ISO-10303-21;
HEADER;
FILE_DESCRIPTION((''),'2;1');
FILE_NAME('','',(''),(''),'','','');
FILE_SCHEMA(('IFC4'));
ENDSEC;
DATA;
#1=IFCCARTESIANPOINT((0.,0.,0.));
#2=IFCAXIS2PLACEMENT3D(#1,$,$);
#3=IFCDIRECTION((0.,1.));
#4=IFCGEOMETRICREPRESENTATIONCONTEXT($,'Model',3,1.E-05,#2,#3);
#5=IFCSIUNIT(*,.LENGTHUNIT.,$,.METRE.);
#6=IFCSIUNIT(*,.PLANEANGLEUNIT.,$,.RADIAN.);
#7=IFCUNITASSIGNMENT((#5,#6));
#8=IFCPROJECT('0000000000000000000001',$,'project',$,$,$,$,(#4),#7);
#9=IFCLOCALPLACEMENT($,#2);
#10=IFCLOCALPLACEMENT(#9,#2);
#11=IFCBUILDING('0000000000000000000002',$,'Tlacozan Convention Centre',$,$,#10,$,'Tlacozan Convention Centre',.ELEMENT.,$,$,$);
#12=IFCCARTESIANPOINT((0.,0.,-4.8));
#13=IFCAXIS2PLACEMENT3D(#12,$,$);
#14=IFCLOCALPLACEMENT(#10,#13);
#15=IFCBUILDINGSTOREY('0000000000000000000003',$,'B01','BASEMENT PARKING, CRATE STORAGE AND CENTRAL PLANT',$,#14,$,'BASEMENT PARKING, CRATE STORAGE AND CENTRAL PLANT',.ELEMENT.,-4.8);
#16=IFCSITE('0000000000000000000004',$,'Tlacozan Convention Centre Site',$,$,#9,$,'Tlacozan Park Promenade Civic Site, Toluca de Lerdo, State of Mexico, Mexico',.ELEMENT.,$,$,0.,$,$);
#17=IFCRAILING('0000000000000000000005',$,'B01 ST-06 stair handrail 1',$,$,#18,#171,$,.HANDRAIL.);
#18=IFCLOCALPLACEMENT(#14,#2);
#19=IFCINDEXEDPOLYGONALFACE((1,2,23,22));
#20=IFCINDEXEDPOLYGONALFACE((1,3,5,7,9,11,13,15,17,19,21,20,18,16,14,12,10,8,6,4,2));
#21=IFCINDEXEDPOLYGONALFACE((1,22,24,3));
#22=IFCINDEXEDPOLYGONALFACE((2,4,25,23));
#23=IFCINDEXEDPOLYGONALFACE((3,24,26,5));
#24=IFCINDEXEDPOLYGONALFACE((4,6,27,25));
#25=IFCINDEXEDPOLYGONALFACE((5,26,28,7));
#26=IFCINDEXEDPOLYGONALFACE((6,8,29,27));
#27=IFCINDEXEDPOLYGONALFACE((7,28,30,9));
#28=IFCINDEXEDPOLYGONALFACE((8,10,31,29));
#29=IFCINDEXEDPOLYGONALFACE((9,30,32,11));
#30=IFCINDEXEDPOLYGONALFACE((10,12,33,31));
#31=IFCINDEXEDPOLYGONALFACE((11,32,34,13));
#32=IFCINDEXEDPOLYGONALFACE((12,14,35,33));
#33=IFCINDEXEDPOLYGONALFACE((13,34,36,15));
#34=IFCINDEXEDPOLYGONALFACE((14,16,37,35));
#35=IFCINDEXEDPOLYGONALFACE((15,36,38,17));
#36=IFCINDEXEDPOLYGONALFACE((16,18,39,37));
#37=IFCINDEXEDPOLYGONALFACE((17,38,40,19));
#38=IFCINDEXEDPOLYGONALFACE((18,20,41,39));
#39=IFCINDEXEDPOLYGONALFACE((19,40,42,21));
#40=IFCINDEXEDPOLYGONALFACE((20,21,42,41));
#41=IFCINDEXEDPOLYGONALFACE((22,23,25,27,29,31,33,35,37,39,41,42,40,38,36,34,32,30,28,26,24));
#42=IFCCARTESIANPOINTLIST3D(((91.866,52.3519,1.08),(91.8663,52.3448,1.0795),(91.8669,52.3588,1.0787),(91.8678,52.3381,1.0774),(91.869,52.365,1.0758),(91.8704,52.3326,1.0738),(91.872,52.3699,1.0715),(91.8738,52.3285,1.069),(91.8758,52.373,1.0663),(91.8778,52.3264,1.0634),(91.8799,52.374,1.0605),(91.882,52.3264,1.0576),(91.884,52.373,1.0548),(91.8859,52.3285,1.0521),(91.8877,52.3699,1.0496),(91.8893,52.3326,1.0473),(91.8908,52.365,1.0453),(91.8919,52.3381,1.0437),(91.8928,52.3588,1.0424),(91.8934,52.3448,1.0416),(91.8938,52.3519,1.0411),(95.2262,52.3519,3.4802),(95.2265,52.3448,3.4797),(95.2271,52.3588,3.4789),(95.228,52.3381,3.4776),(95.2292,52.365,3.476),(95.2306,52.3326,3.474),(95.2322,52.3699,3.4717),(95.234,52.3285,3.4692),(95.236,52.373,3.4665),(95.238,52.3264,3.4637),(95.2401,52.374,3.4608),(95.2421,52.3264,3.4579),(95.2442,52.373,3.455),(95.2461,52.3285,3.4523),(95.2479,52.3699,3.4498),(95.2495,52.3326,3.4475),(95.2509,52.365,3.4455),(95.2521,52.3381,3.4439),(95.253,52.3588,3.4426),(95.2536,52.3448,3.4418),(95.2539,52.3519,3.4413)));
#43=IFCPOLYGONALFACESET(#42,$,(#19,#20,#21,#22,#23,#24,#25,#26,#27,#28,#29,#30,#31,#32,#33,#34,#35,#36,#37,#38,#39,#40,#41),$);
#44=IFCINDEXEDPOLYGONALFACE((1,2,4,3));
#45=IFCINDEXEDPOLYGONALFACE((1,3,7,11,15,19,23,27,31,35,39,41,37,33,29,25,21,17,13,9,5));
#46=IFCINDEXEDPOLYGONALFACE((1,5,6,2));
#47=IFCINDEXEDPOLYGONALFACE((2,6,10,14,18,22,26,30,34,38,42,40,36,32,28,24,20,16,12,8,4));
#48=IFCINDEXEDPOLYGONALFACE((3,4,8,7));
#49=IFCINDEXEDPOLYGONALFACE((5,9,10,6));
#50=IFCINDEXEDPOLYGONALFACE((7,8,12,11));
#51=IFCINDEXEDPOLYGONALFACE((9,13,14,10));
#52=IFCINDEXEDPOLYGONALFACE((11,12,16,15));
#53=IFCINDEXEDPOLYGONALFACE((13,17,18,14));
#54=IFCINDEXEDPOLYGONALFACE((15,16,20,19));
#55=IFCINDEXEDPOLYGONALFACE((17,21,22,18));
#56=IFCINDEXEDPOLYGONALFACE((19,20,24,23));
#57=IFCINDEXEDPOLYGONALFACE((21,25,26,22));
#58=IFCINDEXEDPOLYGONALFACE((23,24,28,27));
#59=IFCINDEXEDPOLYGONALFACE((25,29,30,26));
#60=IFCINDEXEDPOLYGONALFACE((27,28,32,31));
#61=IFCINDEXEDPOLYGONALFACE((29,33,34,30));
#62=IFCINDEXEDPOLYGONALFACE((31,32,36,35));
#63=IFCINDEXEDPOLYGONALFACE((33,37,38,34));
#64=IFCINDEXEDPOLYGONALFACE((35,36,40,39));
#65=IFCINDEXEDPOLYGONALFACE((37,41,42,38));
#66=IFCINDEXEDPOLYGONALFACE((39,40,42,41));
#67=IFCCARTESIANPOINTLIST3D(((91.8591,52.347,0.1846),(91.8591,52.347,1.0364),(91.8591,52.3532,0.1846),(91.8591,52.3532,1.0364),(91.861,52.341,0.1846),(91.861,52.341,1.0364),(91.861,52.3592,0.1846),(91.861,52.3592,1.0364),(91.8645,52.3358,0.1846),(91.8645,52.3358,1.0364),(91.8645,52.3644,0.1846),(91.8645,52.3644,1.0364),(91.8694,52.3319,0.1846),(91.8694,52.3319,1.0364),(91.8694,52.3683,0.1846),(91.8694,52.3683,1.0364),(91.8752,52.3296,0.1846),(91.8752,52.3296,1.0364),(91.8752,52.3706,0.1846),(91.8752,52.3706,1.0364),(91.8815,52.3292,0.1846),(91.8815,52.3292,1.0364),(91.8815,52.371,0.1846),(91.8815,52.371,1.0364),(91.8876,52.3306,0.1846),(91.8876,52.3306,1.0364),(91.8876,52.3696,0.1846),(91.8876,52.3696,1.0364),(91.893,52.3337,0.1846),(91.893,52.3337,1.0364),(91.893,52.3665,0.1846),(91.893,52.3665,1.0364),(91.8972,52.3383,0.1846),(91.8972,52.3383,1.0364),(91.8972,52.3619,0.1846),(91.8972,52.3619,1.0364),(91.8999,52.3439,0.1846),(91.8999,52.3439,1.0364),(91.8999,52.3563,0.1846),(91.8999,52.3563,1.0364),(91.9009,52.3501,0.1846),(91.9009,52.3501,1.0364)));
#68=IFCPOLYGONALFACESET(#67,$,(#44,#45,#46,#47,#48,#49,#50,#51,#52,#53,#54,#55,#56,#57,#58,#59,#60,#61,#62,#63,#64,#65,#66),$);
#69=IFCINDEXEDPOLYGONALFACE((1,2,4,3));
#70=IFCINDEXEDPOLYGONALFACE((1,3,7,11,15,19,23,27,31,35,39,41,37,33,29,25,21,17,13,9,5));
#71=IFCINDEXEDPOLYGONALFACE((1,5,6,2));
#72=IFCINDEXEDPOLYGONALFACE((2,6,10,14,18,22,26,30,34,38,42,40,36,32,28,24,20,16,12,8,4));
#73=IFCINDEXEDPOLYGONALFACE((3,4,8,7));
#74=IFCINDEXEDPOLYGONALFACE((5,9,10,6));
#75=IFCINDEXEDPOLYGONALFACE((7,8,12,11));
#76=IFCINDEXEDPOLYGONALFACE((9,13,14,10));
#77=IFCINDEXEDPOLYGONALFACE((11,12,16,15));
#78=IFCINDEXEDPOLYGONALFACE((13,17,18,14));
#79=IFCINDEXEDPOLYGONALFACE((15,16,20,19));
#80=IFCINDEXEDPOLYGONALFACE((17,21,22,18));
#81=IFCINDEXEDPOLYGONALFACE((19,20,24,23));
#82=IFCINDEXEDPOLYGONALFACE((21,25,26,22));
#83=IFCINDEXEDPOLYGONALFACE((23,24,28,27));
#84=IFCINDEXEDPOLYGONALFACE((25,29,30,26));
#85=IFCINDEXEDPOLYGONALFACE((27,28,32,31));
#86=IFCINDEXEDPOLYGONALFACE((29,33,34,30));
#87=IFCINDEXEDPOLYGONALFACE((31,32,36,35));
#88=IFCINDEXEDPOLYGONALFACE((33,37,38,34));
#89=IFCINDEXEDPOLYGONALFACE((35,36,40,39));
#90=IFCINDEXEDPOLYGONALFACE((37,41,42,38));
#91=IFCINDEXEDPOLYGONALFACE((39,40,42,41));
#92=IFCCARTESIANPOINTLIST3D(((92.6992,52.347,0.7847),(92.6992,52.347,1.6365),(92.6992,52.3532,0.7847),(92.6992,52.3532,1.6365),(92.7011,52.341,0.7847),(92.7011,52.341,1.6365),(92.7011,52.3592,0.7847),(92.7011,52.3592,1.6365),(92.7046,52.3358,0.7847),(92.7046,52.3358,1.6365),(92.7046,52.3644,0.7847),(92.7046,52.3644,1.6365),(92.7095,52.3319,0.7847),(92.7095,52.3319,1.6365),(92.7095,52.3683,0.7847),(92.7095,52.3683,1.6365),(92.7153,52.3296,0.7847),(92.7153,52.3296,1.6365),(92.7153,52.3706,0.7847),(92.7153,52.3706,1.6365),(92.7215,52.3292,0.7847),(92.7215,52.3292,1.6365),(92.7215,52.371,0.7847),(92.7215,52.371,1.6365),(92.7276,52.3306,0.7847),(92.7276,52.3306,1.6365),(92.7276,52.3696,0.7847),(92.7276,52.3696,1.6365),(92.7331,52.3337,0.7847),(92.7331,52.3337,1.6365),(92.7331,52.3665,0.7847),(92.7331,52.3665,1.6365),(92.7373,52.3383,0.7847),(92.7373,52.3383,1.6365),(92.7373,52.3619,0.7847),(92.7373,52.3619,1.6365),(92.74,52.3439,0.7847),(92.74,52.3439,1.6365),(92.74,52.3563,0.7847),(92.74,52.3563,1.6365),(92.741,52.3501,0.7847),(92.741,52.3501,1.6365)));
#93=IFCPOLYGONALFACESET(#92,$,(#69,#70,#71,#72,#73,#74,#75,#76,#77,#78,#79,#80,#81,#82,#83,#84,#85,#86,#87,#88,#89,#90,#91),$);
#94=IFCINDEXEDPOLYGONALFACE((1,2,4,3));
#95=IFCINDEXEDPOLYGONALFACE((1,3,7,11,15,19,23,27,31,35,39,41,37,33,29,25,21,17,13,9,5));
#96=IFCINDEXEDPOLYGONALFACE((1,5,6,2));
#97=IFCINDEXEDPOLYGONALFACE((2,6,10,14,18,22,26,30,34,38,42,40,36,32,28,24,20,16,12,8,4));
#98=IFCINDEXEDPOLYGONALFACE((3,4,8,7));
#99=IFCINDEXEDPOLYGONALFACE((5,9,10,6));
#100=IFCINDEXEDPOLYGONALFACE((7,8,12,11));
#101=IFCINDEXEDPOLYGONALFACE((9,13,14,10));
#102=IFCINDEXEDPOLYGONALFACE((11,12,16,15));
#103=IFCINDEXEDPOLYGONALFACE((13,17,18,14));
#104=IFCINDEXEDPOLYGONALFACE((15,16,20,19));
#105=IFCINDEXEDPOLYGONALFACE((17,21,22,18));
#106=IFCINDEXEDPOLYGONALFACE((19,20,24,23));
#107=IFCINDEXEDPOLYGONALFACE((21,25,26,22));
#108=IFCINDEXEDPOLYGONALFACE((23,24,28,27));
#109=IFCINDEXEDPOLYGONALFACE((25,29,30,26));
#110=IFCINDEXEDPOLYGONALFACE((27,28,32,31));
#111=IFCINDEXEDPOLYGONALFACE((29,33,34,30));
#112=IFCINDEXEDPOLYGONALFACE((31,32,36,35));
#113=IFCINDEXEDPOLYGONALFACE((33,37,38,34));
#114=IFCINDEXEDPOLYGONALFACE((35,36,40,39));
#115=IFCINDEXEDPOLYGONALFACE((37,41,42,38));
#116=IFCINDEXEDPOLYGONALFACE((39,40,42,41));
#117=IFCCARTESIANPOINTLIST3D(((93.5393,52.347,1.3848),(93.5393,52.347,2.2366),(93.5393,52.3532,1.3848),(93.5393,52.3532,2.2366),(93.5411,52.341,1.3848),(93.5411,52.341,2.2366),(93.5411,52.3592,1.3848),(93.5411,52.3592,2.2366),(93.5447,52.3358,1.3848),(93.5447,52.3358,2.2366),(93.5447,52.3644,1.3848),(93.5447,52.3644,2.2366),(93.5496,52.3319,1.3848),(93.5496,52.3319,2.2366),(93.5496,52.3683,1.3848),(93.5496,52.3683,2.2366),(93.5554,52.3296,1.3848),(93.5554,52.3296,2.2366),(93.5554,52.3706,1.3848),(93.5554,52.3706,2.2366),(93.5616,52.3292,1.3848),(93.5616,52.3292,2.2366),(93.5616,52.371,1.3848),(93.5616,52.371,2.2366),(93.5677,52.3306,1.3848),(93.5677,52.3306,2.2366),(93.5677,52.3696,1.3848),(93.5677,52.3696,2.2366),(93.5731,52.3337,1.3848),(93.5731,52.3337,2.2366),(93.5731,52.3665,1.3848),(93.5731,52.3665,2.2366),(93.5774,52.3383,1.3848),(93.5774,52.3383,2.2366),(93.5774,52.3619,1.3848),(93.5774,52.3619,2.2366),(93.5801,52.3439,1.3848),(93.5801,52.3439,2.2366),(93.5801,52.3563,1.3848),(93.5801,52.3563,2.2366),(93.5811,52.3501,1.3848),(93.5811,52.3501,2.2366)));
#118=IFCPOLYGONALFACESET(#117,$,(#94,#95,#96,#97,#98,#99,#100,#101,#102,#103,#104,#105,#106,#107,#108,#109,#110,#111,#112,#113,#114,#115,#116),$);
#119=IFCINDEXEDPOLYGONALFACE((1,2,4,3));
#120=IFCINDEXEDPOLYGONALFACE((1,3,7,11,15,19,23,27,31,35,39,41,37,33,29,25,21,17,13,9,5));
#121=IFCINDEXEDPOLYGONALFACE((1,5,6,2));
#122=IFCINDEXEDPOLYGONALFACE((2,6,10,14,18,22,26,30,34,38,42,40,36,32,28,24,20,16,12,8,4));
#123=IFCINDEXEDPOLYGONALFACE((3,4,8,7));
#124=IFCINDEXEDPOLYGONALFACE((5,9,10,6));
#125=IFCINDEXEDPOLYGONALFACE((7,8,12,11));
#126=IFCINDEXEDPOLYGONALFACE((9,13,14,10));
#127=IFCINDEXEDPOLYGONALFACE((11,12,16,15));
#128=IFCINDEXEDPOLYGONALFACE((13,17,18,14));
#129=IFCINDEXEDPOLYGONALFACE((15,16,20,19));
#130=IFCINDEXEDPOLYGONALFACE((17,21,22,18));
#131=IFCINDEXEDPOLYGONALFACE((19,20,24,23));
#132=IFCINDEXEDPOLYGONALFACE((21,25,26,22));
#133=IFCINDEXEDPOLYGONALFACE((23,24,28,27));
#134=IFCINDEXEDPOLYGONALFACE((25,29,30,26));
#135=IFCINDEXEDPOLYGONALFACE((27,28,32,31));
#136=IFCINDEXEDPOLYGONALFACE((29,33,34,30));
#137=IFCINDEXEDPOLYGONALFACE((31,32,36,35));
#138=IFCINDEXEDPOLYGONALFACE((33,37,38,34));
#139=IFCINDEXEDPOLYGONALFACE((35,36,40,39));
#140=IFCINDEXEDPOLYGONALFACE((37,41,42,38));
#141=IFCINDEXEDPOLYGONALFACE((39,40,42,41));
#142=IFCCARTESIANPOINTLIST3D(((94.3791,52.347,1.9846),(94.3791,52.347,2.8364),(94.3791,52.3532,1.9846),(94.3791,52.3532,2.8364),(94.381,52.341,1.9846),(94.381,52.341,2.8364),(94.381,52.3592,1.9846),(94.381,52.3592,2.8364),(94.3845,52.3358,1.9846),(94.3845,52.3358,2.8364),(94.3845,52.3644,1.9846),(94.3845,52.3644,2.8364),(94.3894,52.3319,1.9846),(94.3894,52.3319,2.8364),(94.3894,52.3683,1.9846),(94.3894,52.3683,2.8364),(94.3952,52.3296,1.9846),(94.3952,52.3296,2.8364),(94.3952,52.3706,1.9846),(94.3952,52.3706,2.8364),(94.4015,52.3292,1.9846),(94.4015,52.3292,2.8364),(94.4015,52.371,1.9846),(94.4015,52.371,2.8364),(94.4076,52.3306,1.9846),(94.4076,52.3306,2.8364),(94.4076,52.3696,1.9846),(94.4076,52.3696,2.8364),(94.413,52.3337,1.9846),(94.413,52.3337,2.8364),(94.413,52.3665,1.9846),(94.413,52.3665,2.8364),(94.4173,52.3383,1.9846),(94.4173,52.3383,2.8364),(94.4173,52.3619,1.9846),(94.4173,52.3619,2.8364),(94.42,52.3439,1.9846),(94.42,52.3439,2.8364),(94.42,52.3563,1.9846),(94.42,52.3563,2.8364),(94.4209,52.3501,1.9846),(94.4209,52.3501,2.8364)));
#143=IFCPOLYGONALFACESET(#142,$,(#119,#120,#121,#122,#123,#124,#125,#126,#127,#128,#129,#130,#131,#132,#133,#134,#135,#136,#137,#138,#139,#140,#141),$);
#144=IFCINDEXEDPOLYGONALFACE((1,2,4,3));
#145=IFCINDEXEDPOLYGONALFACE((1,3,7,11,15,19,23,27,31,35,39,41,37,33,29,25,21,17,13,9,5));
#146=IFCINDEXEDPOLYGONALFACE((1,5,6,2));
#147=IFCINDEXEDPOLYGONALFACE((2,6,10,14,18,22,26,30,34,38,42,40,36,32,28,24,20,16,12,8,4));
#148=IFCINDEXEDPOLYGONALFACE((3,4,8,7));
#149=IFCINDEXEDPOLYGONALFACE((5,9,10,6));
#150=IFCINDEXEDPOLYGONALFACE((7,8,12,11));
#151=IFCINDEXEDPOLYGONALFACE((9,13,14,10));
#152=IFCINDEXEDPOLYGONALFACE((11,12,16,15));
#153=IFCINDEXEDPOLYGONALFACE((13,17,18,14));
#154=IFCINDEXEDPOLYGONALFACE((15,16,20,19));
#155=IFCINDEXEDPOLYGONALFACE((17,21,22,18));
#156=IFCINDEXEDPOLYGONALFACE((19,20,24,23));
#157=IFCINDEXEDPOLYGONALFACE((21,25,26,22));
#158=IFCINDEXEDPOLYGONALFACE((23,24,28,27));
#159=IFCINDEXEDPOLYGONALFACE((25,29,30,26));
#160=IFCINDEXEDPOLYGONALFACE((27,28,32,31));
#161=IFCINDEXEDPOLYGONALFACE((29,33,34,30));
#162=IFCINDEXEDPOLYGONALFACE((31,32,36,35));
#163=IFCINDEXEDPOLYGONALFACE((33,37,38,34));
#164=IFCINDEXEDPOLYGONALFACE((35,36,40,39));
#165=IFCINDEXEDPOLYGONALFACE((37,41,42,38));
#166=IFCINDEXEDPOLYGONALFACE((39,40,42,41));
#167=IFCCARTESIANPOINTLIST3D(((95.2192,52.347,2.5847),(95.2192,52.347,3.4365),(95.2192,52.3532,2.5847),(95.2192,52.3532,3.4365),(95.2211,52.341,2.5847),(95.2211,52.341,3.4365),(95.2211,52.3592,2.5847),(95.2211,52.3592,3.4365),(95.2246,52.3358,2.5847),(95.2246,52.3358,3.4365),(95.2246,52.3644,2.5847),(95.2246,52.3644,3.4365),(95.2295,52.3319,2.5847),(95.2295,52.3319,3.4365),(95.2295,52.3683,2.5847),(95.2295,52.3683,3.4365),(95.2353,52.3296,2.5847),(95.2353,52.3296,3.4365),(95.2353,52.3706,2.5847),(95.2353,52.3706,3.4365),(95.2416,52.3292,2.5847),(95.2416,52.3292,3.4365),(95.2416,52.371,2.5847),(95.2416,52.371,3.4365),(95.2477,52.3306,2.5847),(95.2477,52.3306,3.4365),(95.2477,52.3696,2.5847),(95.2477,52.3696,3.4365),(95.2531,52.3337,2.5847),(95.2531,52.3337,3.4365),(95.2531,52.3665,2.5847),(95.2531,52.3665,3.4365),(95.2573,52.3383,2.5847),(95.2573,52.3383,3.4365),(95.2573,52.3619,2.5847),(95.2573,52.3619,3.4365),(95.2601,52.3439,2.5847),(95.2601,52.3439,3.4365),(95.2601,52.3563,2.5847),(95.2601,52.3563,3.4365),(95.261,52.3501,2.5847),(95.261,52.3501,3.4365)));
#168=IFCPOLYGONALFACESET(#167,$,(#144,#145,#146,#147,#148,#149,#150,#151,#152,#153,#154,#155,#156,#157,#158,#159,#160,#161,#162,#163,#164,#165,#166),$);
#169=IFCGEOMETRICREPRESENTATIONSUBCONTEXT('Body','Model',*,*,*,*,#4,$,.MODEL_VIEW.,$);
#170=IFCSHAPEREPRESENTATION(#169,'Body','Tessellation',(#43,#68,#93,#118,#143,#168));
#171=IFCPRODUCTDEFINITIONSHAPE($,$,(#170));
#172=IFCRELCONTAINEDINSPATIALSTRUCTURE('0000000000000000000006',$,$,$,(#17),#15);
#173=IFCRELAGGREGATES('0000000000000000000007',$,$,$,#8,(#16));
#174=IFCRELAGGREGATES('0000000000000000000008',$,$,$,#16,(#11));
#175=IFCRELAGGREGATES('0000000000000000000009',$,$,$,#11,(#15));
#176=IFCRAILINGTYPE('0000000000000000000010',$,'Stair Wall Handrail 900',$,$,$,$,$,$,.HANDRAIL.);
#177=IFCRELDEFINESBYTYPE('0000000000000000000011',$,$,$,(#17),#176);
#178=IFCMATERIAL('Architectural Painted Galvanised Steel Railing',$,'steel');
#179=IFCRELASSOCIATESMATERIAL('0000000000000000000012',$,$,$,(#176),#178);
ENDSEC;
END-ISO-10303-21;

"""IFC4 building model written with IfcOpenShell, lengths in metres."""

from ifc_helpers import new_model, si_unit, direction, frame, origin, origin_2d, place, context, subcontext, project, spatial, circle, extrude, material, type_object, element, save


model = new_model("IFC4")

# Units and contexts
model_context = context("Model", 3, precision=1e-05, world=origin(), true_north=direction((0.0, 1.0)))
body_context = subcontext(model_context, "Body", "Model", "MODEL_VIEW")
ifc_project = project(units=[si_unit("LENGTHUNIT", "METRE"), si_unit("PLANEANGLEUNIT", "RADIAN")], contexts=[model_context])

# Site, building, storey
site_placement = place(None, origin())
site = spatial("IfcSite", under=ifc_project, at=site_placement, Name="Tlacozan Convention Centre Site", LongName="Tlacozan Park Promenade Civic Site, Toluca de Lerdo, State of Mexico, Mexico", CompositionType="ELEMENT", RefElevation=0.0)
building_placement = place(site_placement, origin())
building = spatial("IfcBuilding", under=site, at=building_placement, Name="Tlacozan Convention Centre", LongName="Tlacozan Convention Centre", CompositionType="ELEMENT")
storey_placement = place(building_placement, frame((0.0, 0.0, -4.8)))
storey = spatial("IfcBuildingStorey", under=building, at=storey_placement, Name="B01", Description="BASEMENT PARKING, CRATE STORAGE AND CENTRAL PLANT", LongName="BASEMENT PARKING, CRATE STORAGE AND CENTRAL PLANT", CompositionType="ELEMENT", Elevation=-4.8)

# Railing
ifc_material_1 = material(Name="Architectural Painted Galvanised Steel Railing", Category="steel")
railing_type_1 = type_object("IfcRailingType", Name="Stair Wall Handrail 900", PredefinedType="HANDRAIL", material=ifc_material_1)
for number, where, name in (
    (1, (91.8799, 52.3501, 0.1846), "B01 ST-06 stair handrail 1"),
):
    element("IfcRailing", number, at=place(storey_placement, frame(where)), inside=storey, type_object=railing_type_1, Name=name, PredefinedType="HANDRAIL", context=body_context, shape_type="SweptSolid", body=[
        extrude(circle(Radius=0.0239, at=origin_2d()), frame((0.0, 0.0, 0.876), z_axis=(0.813725, 0.0, 0.581249), x_axis=(0.0, 1.0, 0.0)), (0.0, 0.0, 1.0), 4.1294),
        extrude(circle(Radius=0.021, at=origin_2d()), origin(), (0.0, 0.0, 1.0), 0.8518),
        extrude(circle(Radius=0.021, at=origin_2d()), frame((0.8401, 0.0, 0.6001)), (0.0, 0.0, 1.0), 0.8518),
        extrude(circle(Radius=0.021, at=origin_2d()), frame((1.6802, 0.0, 1.2002)), (0.0, 0.0, 1.0), 0.8518),
        extrude(circle(Radius=0.021, at=origin_2d()), frame((2.52, 0.0, 1.8)), (0.0, 0.0, 1.0), 0.8518),
        extrude(circle(Radius=0.021, at=origin_2d()), frame((3.3601, 0.0, 2.4001)), (0.0, 0.0, 1.0), 0.8518),
    ])

save(model, "model.ifc")
